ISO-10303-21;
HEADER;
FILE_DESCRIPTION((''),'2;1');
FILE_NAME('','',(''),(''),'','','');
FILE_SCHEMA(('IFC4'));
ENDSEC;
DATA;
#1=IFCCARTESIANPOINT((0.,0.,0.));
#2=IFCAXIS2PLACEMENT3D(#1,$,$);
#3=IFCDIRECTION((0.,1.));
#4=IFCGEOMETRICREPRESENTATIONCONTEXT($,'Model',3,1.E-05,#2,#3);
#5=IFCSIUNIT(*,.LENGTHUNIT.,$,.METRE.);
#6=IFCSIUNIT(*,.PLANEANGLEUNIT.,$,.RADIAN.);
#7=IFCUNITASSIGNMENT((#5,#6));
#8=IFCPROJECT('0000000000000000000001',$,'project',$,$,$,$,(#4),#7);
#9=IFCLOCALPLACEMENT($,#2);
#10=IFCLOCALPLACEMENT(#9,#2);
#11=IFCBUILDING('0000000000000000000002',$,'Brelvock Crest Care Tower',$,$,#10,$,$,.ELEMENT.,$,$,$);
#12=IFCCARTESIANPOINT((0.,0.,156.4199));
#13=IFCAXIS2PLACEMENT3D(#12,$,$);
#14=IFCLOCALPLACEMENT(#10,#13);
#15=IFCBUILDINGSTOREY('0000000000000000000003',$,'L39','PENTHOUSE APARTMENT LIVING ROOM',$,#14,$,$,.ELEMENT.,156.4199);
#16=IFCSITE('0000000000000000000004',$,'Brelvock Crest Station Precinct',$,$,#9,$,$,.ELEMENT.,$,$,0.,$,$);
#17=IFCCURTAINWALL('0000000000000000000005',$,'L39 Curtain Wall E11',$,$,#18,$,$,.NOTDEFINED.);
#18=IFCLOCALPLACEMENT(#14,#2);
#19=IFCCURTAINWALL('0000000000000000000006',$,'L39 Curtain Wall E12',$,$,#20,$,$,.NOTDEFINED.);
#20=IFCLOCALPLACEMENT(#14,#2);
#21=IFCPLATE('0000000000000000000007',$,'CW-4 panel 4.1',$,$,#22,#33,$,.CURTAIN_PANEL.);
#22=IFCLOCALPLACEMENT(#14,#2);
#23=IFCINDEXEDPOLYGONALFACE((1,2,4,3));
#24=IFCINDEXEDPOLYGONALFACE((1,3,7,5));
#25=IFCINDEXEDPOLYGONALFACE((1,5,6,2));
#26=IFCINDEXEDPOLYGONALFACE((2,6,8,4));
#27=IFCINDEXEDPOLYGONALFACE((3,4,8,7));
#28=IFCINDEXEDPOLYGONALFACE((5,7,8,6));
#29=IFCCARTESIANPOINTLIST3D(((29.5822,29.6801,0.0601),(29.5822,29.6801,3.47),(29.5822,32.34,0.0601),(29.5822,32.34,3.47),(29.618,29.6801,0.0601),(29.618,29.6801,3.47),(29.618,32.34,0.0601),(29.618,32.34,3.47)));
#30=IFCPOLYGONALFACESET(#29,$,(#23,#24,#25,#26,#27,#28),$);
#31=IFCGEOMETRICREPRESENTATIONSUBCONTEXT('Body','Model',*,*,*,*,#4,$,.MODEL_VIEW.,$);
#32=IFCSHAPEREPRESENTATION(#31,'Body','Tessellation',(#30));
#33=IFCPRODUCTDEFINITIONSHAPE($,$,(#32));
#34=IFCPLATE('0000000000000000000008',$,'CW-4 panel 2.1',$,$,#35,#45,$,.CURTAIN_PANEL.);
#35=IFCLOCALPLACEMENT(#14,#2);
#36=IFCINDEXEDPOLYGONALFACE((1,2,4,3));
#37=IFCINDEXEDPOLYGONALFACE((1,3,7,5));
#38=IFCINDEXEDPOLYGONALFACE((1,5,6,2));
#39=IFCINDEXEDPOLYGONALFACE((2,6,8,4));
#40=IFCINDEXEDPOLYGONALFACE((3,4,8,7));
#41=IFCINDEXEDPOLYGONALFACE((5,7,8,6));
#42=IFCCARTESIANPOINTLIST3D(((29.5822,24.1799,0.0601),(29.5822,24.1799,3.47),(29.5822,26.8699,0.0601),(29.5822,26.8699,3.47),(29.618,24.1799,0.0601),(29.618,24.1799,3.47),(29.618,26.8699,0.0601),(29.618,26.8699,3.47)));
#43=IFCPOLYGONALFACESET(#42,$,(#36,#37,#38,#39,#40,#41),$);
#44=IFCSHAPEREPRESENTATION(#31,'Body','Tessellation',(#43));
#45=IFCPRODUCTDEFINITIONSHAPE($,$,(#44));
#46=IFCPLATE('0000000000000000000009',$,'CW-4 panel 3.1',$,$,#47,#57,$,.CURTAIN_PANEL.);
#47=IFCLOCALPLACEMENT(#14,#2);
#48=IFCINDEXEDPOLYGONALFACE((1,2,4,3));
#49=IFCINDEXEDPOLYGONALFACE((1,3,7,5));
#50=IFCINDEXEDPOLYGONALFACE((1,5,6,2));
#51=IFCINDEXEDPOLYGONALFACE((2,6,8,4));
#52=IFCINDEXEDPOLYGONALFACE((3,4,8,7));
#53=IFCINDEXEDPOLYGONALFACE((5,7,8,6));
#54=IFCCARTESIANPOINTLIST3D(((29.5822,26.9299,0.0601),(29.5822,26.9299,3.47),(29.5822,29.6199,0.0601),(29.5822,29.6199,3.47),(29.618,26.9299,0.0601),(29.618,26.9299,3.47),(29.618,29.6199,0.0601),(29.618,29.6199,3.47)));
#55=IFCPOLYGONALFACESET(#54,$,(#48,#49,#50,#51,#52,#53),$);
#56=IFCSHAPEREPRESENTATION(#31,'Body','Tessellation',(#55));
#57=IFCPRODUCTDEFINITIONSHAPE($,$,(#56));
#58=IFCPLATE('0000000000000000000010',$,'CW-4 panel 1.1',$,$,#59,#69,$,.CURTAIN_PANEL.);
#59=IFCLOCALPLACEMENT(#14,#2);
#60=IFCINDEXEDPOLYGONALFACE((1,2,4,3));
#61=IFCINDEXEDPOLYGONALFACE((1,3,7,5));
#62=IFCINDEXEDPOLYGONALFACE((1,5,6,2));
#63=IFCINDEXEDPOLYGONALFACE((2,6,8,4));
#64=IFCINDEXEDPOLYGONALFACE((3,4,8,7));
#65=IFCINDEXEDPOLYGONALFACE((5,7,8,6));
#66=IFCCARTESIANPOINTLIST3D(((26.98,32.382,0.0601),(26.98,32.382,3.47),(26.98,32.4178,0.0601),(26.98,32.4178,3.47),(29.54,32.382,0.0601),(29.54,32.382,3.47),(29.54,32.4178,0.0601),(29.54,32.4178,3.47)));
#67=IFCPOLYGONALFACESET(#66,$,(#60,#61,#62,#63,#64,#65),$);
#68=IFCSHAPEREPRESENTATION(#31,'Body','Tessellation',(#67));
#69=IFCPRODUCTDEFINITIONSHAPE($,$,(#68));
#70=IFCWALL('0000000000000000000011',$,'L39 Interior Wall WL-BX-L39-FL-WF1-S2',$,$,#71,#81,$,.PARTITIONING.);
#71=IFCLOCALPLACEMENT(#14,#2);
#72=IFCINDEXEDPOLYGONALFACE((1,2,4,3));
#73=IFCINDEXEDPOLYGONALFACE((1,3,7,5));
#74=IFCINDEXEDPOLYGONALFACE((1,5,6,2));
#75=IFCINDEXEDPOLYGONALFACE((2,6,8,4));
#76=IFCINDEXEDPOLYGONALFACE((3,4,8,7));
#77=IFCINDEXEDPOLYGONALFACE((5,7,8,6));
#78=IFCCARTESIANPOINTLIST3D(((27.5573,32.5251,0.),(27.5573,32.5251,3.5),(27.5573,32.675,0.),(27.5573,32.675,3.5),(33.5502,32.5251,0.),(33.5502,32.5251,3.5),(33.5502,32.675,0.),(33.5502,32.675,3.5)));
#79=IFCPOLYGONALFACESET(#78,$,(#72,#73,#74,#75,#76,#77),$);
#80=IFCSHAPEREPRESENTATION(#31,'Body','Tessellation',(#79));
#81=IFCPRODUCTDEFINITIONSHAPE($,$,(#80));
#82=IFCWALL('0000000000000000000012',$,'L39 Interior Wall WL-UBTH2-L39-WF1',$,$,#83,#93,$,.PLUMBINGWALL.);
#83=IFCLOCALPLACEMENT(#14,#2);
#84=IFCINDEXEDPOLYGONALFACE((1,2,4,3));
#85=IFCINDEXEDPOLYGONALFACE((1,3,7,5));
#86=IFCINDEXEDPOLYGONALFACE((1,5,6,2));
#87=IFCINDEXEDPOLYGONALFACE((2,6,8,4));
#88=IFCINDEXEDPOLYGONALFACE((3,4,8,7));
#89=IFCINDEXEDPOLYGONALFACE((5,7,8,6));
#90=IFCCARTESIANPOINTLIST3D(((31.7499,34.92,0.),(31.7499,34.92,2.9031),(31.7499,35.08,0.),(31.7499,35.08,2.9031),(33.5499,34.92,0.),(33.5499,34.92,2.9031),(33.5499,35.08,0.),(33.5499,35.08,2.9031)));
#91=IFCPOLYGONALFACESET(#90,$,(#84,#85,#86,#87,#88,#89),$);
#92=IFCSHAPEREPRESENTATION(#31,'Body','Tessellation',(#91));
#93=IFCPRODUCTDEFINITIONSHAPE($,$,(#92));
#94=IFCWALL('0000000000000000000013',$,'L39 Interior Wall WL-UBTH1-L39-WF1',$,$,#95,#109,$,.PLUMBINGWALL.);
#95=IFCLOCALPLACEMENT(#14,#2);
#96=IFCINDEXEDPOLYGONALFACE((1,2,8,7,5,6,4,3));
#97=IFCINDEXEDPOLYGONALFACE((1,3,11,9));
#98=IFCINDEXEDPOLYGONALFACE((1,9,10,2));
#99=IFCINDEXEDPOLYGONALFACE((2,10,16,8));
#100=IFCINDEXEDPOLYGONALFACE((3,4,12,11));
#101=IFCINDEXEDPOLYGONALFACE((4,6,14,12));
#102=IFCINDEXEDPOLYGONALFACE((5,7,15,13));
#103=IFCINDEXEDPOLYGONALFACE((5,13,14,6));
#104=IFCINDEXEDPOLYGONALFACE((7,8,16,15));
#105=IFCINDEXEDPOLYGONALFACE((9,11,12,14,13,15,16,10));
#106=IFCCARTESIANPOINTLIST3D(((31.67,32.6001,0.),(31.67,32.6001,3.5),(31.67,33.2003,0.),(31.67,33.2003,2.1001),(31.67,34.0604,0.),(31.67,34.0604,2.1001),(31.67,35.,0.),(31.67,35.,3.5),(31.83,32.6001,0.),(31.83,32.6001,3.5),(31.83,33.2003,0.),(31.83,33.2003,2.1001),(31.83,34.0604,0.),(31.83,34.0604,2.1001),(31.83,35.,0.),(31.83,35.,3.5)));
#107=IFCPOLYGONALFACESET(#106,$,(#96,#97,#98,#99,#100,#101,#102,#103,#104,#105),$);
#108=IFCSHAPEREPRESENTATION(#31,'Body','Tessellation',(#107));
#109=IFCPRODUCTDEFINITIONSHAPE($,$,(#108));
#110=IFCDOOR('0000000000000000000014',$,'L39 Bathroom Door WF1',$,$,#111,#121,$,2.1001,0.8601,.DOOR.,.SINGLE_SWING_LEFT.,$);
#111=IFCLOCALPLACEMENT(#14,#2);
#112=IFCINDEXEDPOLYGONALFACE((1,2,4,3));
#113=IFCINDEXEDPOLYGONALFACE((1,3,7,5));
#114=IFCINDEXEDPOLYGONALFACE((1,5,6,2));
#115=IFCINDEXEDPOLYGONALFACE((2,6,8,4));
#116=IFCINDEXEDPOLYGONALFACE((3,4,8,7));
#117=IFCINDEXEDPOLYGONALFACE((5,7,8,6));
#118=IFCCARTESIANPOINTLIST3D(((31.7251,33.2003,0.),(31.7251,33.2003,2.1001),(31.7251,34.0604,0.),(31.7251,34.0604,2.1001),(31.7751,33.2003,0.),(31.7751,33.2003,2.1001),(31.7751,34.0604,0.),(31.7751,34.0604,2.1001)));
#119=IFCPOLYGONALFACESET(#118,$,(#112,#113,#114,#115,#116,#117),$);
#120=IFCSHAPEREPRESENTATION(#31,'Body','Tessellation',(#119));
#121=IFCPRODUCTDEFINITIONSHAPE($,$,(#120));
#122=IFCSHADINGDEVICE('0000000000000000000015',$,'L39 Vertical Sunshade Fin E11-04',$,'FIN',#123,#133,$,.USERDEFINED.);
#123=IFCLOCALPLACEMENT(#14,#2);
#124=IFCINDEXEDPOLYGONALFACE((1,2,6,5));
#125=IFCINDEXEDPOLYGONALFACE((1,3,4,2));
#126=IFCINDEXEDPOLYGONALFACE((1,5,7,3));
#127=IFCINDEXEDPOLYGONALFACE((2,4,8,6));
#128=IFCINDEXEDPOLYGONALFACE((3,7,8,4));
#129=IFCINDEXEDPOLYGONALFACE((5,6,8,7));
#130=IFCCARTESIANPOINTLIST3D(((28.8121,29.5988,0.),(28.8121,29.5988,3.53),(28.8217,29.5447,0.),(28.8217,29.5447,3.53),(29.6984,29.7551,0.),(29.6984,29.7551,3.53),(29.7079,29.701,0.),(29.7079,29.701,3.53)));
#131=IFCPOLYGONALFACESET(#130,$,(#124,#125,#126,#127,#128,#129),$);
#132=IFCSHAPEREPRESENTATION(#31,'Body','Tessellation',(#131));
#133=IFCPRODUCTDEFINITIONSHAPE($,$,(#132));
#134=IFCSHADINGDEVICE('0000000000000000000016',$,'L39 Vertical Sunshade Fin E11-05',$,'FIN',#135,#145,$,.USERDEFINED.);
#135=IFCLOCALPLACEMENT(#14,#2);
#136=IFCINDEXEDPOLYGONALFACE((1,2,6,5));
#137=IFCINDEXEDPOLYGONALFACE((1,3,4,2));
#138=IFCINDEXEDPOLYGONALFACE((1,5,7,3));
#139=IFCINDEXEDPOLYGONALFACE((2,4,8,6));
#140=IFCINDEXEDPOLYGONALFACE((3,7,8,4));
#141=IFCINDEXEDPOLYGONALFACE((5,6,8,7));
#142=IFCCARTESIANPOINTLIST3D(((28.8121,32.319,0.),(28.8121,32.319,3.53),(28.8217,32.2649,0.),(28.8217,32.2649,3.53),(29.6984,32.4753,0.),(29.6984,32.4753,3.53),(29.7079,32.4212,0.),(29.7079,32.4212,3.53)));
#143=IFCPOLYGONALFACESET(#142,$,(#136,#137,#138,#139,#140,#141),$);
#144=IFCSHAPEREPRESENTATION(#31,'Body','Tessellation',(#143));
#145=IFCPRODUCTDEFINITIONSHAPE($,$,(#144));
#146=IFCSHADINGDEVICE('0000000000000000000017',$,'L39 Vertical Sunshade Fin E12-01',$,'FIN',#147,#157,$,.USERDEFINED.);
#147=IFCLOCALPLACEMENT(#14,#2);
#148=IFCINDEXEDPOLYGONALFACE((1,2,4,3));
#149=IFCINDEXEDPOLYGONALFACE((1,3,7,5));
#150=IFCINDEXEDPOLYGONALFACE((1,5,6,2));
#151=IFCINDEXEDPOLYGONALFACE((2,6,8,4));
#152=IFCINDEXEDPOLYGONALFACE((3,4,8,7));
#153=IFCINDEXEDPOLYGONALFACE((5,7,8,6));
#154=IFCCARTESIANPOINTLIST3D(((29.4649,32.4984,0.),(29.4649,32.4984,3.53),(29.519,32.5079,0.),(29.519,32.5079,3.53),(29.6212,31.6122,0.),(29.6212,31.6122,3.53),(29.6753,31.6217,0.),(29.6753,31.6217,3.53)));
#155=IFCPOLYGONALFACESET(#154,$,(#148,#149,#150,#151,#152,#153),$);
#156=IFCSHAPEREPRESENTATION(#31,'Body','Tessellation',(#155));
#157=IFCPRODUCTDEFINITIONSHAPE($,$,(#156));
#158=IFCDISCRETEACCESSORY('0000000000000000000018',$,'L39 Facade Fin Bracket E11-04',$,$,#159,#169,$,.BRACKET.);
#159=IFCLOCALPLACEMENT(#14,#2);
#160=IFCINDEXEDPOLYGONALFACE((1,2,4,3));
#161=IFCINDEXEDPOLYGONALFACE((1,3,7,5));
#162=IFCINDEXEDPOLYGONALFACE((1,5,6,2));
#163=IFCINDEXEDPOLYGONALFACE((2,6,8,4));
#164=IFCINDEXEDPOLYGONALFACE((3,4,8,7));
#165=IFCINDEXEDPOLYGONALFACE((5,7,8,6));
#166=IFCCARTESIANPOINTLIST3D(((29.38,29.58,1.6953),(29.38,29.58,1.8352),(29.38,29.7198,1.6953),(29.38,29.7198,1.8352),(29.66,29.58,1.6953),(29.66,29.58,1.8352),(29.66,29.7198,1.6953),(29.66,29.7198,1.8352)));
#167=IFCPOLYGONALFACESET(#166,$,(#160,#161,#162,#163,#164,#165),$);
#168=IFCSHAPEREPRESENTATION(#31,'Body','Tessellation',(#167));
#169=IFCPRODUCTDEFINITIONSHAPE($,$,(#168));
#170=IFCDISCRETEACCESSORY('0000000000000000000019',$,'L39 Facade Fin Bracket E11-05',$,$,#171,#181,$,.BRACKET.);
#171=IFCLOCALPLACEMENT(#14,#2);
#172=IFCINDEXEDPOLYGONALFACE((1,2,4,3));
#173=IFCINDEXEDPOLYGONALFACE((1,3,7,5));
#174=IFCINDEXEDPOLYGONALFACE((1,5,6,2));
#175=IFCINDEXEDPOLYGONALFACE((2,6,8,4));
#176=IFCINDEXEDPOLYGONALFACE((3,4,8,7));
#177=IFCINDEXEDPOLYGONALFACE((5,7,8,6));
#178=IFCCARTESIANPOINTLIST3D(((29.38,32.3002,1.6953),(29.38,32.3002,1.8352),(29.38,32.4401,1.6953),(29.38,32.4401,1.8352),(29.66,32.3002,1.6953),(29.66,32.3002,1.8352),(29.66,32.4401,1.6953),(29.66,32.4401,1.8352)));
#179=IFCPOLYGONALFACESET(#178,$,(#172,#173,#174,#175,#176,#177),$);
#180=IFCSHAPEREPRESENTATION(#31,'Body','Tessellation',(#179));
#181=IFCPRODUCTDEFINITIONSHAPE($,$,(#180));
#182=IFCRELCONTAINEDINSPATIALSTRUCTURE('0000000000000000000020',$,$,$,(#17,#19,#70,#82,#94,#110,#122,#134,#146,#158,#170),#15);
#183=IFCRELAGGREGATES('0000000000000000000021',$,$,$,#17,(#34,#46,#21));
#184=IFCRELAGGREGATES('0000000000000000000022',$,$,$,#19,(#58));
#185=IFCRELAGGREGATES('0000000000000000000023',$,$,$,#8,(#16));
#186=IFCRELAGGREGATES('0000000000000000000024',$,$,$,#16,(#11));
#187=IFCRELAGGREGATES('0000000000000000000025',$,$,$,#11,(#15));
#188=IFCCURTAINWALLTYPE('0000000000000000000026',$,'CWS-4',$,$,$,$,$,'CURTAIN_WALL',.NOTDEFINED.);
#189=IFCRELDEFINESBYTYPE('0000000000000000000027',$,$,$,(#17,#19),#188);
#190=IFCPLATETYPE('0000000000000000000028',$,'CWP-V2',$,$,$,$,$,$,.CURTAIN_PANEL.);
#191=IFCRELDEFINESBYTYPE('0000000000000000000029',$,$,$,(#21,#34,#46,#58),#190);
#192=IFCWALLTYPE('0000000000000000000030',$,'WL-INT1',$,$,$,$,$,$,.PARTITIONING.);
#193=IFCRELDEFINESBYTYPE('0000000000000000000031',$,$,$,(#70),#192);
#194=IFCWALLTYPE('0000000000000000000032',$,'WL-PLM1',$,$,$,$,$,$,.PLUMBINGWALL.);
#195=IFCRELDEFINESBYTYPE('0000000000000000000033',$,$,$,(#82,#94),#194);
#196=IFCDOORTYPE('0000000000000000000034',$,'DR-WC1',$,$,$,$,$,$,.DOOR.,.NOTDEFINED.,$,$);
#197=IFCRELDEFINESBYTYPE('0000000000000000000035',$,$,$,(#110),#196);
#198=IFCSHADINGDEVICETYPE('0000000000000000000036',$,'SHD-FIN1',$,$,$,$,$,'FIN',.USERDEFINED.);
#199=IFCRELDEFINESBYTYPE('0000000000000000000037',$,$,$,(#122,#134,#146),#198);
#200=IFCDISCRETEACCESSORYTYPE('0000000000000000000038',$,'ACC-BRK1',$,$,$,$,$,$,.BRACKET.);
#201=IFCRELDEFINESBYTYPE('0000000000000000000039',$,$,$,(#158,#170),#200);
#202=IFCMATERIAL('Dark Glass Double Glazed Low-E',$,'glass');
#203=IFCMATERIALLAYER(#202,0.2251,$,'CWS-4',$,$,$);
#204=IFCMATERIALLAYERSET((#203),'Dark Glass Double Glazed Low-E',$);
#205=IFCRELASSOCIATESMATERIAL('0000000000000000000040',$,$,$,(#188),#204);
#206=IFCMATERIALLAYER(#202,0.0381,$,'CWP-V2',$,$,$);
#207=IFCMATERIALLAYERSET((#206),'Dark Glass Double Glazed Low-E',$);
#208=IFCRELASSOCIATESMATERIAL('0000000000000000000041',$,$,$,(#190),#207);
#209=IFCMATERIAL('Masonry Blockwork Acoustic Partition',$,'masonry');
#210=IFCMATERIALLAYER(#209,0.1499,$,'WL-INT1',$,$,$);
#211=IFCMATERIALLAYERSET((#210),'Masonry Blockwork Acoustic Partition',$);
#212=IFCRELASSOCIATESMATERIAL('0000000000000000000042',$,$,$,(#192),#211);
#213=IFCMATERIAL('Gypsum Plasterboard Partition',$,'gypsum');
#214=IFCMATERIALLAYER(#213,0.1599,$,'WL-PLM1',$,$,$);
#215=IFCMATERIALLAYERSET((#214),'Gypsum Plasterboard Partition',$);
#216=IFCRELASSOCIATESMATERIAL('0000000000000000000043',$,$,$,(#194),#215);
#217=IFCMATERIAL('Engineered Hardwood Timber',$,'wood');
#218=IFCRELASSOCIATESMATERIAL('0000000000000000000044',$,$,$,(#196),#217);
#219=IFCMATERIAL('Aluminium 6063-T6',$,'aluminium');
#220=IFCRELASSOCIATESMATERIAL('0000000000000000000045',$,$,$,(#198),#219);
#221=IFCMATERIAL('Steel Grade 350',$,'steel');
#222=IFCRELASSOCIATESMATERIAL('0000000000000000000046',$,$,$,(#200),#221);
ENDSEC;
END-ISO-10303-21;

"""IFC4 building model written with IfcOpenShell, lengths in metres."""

from ifc_helpers import new_model, si_unit, direction, frame, frame_2d, origin, origin_2d, place, context, subcontext, project, spatial, rectangle, extrude, source, transform, mapped, material, layer, layer_set, material_profile, profile_set, type_object, element, fill, aggregate, save


model = new_model("IFC4")

# Units and contexts
model_context = context("Model", 3, precision=1e-05, world=origin(), true_north=direction((0.0, 1.0)))
body_context = subcontext(model_context, "Body", "Model", "MODEL_VIEW")
ifc_project = project(units=[si_unit("LENGTHUNIT", "METRE"), si_unit("PLANEANGLEUNIT", "RADIAN")], contexts=[model_context])

# Site, building, storey
site_placement = place(None, origin())
site = spatial("IfcSite", under=ifc_project, at=site_placement, Name="Brelvock Crest Station Precinct", CompositionType="ELEMENT", RefElevation=0.0)
building_placement = place(site_placement, origin())
building = spatial("IfcBuilding", under=site, at=building_placement, Name="Brelvock Crest Care Tower", CompositionType="ELEMENT")
storey_placement = place(building_placement, frame((0.0, 0.0, 156.4199)))
storey = spatial("IfcBuildingStorey", under=building, at=storey_placement, Name="L39", Description="PENTHOUSE APARTMENT LIVING ROOM", CompositionType="ELEMENT", Elevation=156.4199)

# Shared definitions
ifc_material_1 = material(Name="Steel Grade 350", Category="steel")

# Curtain walls
ifc_material_2 = material(Name="Dark Glass Double Glazed Low-E", Category="glass")
ifc_layer_1 = layer(ifc_material_2, 0.2251, Name="CWS-4")
ifc_layer_set_1 = layer_set([ifc_layer_1], Name="Dark Glass Double Glazed Low-E")
curtain_wall_type = type_object("IfcCurtainWallType", Name="CWS-4", ElementType="CURTAIN_WALL", PredefinedType="NOTDEFINED", material=ifc_layer_set_1)
curtain_wall_1_placement = place(storey_placement, origin())
curtain_wall_1 = element("IfcCurtainWall", 1, at=curtain_wall_1_placement, inside=storey, type_object=curtain_wall_type, Name="L39 Curtain Wall E11", PredefinedType="NOTDEFINED")
ifc_material_3 = material(Name="Aluminium 6063-T6", Category="aluminium")
curtain_wall_2_placement = place(storey_placement, origin())
curtain_wall_2 = element("IfcCurtainWall", 2, at=curtain_wall_2_placement, inside=storey, type_object=curtain_wall_type, Name="L39 Curtain Wall E12", PredefinedType="NOTDEFINED")

# Plates
ifc_layer_2 = layer(ifc_material_2, 0.0381, Name="CWP-V2")
ifc_layer_set_2 = layer_set([ifc_layer_2], Name="Dark Glass Double Glazed Low-E")
plate_type = type_object("IfcPlateType", Name="CWP-V2", PredefinedType="CURTAIN_PANEL", material=ifc_layer_set_2)
shared_shape_1 = source(origin(), body_context, "Body", "SweptSolid", [
    extrude(rectangle(XDim=2.6599, YDim=0.0359, at=origin_2d()), origin(), (0.0, 0.0, 1.0), 3.4099),
])
plate_1_placement = place(storey_placement, frame((29.6001, 31.01, 0.0601), z_axis=(0.0, 0.0, 1.0), x_axis=(0.0, 1.0, 0.0)))
plate_1 = element("IfcPlate", 3, at=plate_1_placement, type_object=plate_type, Name="CW-4 panel 4.1", PredefinedType="CURTAIN_PANEL", context=body_context, shape_type="MappedRepresentation", body=[
    mapped(shared_shape_1, transform((0.0, 0.0, 0.0), x_axis=(1.0, 0.0, 0.0), y_axis=(0.0, 1.0, 0.0), z_axis=(0.0, 0.0, 1.0), scale=1.0)),
])
shared_shape_2 = source(origin(), body_context, "Body", "SweptSolid", [
    extrude(rectangle(XDim=2.6899, YDim=0.0359, at=origin_2d()), origin(), (0.0, 0.0, 1.0), 3.4099),
])
plate_2_placement = place(storey_placement, frame((29.6001, 25.5249, 0.0601), z_axis=(0.0, 0.0, 1.0), x_axis=(0.0, 1.0, 0.0)))
plate_2 = element("IfcPlate", 4, at=plate_2_placement, type_object=plate_type, Name="CW-4 panel 2.1", PredefinedType="CURTAIN_PANEL", context=body_context, shape_type="MappedRepresentation", body=[
    mapped(shared_shape_2, transform((0.0, 0.0, 0.0), x_axis=(1.0, 0.0, 0.0), y_axis=(0.0, 1.0, 0.0), z_axis=(0.0, 0.0, 1.0), scale=1.0)),
])
plate_3_placement = place(storey_placement, frame((29.6001, 28.2749, 0.0601), z_axis=(0.0, 0.0, 1.0), x_axis=(0.0, 1.0, 0.0)))
plate_3 = element("IfcPlate", 5, at=plate_3_placement, type_object=plate_type, Name="CW-4 panel 3.1", PredefinedType="CURTAIN_PANEL", context=body_context, shape_type="MappedRepresentation", body=[
    mapped(shared_shape_2, transform((0.0, 0.0, 0.0), x_axis=(1.0, 0.0, 0.0), y_axis=(0.0, 1.0, 0.0), z_axis=(0.0, 0.0, 1.0), scale=1.0)),
])
aggregate(curtain_wall_1, [plate_2, plate_3, plate_1])
shared_shape_3 = source(origin(), body_context, "Body", "SweptSolid", [
    extrude(rectangle(XDim=2.5601, YDim=0.0359, at=origin_2d()), origin(), (0.0, 0.0, 1.0), 3.4099),
])
plate_4_placement = place(storey_placement, frame((28.26, 32.3999, 0.0601), z_axis=(0.0, 0.0, 1.0), x_axis=(-1.0, 0.0, 0.0)))
plate_4 = element("IfcPlate", 6, at=plate_4_placement, type_object=plate_type, Name="CW-4 panel 1.1", PredefinedType="CURTAIN_PANEL", context=body_context, shape_type="MappedRepresentation", body=[
    mapped(shared_shape_3, transform((0.0, 0.0, 0.0), x_axis=(1.0, 0.0, 0.0), y_axis=(0.0, 1.0, 0.0), z_axis=(0.0, 0.0, 1.0), scale=1.0)),
])
aggregate(curtain_wall_2, [plate_4])

# Walls
ifc_material_4 = material(Name="Masonry Blockwork Acoustic Partition", Category="masonry")
ifc_layer_3 = layer(ifc_material_4, 0.1499, Name="WL-INT1")
ifc_layer_set_3 = layer_set([ifc_layer_3], Name="Masonry Blockwork Acoustic Partition")
wall_type_1 = type_object("IfcWallType", Name="WL-INT1", PredefinedType="PARTITIONING", material=ifc_layer_set_3)
wall_1_placement = place(storey_placement, frame((27.5571, 32.6001, 0.0), z_axis=(0.0, 0.0, 1.0), x_axis=(1.0, 0.0, 0.0)))
element("IfcWall", 7, at=wall_1_placement, inside=storey, type_object=wall_type_1, Name="L39 Interior Wall WL-BX-L39-FL-WF1-S2", PredefinedType="PARTITIONING", context=body_context, shape_type="SweptSolid", body=[
    extrude(rectangle(XDim=5.9929, YDim=0.1499, at=frame_2d((2.9966, 0.0))), origin(), (0.0, 0.0, 1.0), 3.5),
])
ifc_material_5 = material(Name="Gypsum Plasterboard Partition", Category="gypsum")
ifc_layer_4 = layer(ifc_material_5, 0.1599, Name="WL-PLM1")
ifc_layer_set_4 = layer_set([ifc_layer_4], Name="Gypsum Plasterboard Partition")
wall_type_2 = type_object("IfcWallType", Name="WL-PLM1", PredefinedType="PLUMBINGWALL", material=ifc_layer_set_4)
wall_2_placement = place(storey_placement, frame((31.75, 35.0, 0.0), z_axis=(0.0, 0.0, 1.0), x_axis=(1.0, 0.0, 0.0)))
element("IfcWall", 8, at=wall_2_placement, inside=storey, type_object=wall_type_2, Name="L39 Interior Wall WL-UBTH2-L39-WF1", PredefinedType="PLUMBINGWALL", context=body_context, shape_type="SweptSolid", body=[
    extrude(rectangle(XDim=1.8, YDim=0.1599, at=frame_2d((0.8999, 0.0))), origin(), (0.0, 0.0, 1.0), 2.9031),
])

# Wall, opening, door
wall_3_placement = place(storey_placement, frame((31.75, 32.6001, 0.0), z_axis=(0.0, 0.0, 1.0), x_axis=(0.0, 1.0, 0.0)))
wall_3 = element("IfcWall", 9, at=wall_3_placement, inside=storey, type_object=wall_type_2, Name="L39 Interior Wall WL-UBTH1-L39-WF1", PredefinedType="PLUMBINGWALL", context=body_context, shape_type="SweptSolid", body=[
    extrude(rectangle(XDim=2.3999, YDim=0.1599, at=frame_2d((1.2, 0.0))), origin(), (0.0, 0.0, 1.0), 3.5),
])
opening_placement = place(wall_3_placement, frame((0.6001, 0.0, 0.0)))
opening = element("IfcOpeningElement", 10, at=opening_placement, cuts=wall_3, PredefinedType="OPENING", context=body_context, shape_type="SweptSolid", body=[
    extrude(rectangle(XDim=0.8601, YDim=2.1001, at=origin_2d()), frame((0.4302, 0.0898, 1.05), z_axis=(0.0, -1.0, 0.0), x_axis=(1.0, 0.0, 0.0)), (0.0, 0.0, 1.0), 0.1799),
])
ifc_material_6 = material(Name="Engineered Hardwood Timber", Category="wood")
door_type = type_object("IfcDoorType", Name="DR-WC1", OperationType="NOTDEFINED", PredefinedType="DOOR", material=ifc_material_6)
shared_shape_4 = source(origin(), body_context, "Body", "SweptSolid", [
    extrude(rectangle(XDim=0.8601, YDim=2.1001, at=origin_2d()), frame((0.4302, 0.0249, 1.05), z_axis=(0.0, -1.0, 0.0), x_axis=(1.0, 0.0, 0.0)), (0.0, 0.0, 1.0), 0.05),
])
door_placement = place(opening_placement, origin())
door = element("IfcDoor", 11, at=door_placement, inside=storey, type_object=door_type, Name="L39 Bathroom Door WF1", OperationType="SINGLE_SWING_LEFT", OverallHeight=2.1001, OverallWidth=0.8601, PredefinedType="DOOR", context=body_context, shape_type="MappedRepresentation", body=[
    mapped(shared_shape_4, transform((0.0, 0.0, 0.0), x_axis=(1.0, 0.0, 0.0), y_axis=(0.0, 1.0, 0.0), z_axis=(0.0, 0.0, 1.0), scale=1.0)),
])
fill(opening, door)

# Shading devices
ifc_material_profile_1 = material_profile(ifc_material_3, rectangle(XDim=0.0549, YDim=0.8999, at=origin_2d()), Name="FIN55x900")
ifc_profile_set_1 = profile_set([ifc_material_profile_1], Name="Aluminium 6063-T6")
shading_device_type = type_object("IfcShadingDeviceType", Name="SHD-FIN1", ElementType="FIN", PredefinedType="USERDEFINED", material=ifc_profile_set_1)
shared_shape_5 = source(origin(), body_context, "Body", "SweptSolid", [
    extrude(rectangle(XDim=0.0549, YDim=0.8999, at=origin_2d()), origin(), (0.0, 0.0, 1.0), 3.53),
])
for number, where, z_axis, x_axis, name in (
    (12, (29.26, 29.6499, 0.0), (0.0, 0.0, 1.0), (-0.173648, 0.984808, 0.0), "L39 Vertical Sunshade Fin E11-04"),
    (13, (29.26, 32.3701, 0.0), (0.0, 0.0, 1.0), (-0.173648, 0.984808, 0.0), "L39 Vertical Sunshade Fin E11-05"),
    (14, (29.5701, 32.0601, 0.0), (0.0, 0.0, 1.0), (-0.984808, -0.173648, 0.0), "L39 Vertical Sunshade Fin E12-01"),
):
    element("IfcShadingDevice", number, at=place(storey_placement, frame(where, z_axis=z_axis, x_axis=x_axis)), inside=storey, type_object=shading_device_type, Name=name, ObjectType="FIN", PredefinedType="USERDEFINED", context=body_context, shape_type="MappedRepresentation", body=[
        mapped(shared_shape_5, transform((0.0, 0.0, 0.0), x_axis=(1.0, 0.0, 0.0), y_axis=(0.0, 1.0, 0.0), z_axis=(0.0, 0.0, 1.0), scale=1.0)),
    ])

# Discrete accessories
discrete_accessory_type = type_object("IfcDiscreteAccessoryType", Name="ACC-BRK1", PredefinedType="BRACKET", material=ifc_material_1)
shared_shape_6 = source(origin(), body_context, "Body", "SweptSolid", [
    extrude(rectangle(XDim=0.28, YDim=0.1399, at=origin_2d()), origin(), (0.0, 0.0, 1.0), 0.1399),
])
for number, where, z_axis, x_axis, name in (
    (15, (29.52, 29.6499, 1.6953), (0.0, 0.0, 1.0), (-1.0, 0.0, 0.0), "L39 Facade Fin Bracket E11-04"),
    (16, (29.52, 32.3701, 1.6953), (0.0, 0.0, 1.0), (-1.0, 0.0, 0.0), "L39 Facade Fin Bracket E11-05"),
):
    element("IfcDiscreteAccessory", number, at=place(storey_placement, frame(where, z_axis=z_axis, x_axis=x_axis)), inside=storey, type_object=discrete_accessory_type, Name=name, PredefinedType="BRACKET", context=body_context, shape_type="MappedRepresentation", body=[
        mapped(shared_shape_6, transform((0.0, 0.0, 0.0), x_axis=(1.0, 0.0, 0.0), y_axis=(0.0, 1.0, 0.0), z_axis=(0.0, 0.0, 1.0), scale=1.0)),
    ])

save(model, "model.ifc")
